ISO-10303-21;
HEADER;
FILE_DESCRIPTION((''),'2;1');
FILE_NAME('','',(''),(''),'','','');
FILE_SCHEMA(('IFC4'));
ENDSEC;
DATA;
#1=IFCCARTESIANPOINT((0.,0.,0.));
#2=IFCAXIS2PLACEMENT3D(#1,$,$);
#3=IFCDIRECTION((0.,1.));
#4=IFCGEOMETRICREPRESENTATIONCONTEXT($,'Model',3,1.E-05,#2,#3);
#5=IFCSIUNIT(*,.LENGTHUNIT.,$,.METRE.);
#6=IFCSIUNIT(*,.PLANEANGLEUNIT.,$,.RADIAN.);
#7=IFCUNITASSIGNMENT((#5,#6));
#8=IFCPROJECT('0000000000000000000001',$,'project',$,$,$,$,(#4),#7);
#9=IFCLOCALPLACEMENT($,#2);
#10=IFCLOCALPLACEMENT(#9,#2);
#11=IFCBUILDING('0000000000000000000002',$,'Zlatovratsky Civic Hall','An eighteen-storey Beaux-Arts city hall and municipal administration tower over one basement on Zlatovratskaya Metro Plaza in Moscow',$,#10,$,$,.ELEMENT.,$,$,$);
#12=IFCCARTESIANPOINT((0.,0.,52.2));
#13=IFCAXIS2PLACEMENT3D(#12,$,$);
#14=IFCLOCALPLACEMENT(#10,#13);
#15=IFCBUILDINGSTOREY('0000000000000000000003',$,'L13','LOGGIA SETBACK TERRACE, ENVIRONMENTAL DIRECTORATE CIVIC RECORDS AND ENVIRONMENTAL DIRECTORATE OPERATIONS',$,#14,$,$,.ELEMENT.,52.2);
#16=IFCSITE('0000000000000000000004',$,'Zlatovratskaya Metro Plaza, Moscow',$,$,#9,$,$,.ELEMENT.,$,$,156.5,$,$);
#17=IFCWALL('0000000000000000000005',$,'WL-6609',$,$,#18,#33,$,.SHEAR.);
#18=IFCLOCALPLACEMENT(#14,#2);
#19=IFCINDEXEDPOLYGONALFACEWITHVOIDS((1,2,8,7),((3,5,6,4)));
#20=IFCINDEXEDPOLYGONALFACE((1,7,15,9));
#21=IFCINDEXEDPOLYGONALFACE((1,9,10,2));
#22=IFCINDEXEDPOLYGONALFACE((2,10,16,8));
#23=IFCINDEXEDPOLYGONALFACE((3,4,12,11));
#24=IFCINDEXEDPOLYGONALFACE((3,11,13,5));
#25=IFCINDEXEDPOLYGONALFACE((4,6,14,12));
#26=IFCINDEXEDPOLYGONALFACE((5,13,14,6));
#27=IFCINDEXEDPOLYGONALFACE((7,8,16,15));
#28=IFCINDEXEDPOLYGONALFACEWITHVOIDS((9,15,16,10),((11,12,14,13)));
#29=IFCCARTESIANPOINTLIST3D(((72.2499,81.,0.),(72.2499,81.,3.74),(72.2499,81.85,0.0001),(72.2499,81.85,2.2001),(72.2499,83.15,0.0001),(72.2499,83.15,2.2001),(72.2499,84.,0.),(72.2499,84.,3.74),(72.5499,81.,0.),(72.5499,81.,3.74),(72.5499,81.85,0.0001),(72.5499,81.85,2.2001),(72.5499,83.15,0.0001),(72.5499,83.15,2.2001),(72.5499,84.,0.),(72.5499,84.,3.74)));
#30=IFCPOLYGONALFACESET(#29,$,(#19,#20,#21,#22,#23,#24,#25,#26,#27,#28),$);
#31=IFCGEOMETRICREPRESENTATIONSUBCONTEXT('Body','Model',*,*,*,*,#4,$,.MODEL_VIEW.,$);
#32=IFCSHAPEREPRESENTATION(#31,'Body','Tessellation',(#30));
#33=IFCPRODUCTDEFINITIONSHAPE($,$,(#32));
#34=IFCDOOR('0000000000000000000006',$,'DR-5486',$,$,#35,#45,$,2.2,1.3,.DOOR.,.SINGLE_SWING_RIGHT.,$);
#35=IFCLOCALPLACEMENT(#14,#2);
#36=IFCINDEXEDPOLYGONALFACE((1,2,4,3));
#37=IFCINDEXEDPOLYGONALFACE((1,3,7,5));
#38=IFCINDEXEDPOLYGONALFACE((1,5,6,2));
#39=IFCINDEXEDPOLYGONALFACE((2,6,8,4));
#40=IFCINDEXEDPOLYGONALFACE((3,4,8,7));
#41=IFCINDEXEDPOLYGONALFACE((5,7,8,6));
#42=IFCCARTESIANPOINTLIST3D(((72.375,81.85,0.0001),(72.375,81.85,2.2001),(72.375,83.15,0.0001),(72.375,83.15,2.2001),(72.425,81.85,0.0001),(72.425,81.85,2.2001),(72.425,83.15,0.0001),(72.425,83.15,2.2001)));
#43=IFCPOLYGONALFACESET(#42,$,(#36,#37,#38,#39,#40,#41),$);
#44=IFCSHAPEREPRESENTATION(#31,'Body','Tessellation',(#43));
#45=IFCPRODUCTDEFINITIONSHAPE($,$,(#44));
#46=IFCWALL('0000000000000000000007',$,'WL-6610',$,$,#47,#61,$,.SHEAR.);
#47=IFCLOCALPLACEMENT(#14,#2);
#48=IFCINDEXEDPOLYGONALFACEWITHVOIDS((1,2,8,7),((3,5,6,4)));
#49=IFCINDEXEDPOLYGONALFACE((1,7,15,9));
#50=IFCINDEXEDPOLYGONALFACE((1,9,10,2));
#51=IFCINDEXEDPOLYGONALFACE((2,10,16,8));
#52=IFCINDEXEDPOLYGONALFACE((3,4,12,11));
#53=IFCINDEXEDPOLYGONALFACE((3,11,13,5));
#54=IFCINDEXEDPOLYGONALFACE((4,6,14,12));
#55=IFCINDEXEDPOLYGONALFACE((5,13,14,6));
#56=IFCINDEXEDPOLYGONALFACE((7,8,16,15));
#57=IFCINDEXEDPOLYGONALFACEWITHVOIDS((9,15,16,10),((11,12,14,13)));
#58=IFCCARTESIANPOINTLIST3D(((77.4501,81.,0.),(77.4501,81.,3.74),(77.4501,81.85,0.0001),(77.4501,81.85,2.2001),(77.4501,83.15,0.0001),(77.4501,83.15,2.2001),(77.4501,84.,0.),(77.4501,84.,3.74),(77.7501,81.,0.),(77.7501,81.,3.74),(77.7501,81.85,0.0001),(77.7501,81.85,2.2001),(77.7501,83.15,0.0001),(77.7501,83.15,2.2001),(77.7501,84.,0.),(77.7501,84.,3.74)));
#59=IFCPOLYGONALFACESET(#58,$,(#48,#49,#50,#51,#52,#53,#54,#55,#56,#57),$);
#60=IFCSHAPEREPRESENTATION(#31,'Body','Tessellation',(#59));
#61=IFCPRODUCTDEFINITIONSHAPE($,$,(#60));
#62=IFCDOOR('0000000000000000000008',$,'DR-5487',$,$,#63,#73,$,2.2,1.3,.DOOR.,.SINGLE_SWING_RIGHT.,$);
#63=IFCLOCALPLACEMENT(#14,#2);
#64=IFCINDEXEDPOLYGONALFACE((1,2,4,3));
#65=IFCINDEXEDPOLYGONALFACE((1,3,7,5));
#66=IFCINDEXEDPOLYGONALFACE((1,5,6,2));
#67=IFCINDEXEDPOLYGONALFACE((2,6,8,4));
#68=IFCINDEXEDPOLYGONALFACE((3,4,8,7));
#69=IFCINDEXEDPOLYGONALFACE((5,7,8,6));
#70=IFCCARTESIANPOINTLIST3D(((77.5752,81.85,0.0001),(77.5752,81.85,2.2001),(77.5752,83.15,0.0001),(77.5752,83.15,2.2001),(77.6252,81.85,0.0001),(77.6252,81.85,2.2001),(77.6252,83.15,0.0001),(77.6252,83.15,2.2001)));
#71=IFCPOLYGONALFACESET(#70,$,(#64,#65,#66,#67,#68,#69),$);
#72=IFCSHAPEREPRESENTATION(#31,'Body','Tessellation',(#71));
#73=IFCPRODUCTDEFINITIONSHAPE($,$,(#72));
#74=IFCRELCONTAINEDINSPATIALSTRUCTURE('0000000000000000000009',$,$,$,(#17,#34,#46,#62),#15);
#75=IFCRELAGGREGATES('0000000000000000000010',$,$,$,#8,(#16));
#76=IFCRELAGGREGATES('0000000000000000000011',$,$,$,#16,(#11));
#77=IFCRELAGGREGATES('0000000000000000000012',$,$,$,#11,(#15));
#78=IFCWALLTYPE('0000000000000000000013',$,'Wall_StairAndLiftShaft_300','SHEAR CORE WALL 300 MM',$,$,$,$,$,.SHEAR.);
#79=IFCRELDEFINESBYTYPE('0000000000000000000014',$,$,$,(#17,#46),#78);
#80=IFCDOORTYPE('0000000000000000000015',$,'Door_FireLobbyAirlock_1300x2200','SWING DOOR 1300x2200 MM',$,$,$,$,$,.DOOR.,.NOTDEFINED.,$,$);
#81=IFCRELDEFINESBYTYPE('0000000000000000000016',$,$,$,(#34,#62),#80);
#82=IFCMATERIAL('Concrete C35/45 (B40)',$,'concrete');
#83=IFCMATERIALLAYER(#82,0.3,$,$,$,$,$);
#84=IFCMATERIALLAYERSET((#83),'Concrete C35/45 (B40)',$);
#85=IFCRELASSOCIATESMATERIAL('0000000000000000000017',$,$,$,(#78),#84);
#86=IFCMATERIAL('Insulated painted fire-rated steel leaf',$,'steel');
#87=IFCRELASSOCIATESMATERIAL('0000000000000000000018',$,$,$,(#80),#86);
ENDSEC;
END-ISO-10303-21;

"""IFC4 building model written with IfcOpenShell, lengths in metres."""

from ifc_helpers import new_model, si_unit, direction, frame, frame_2d, origin, place, context, subcontext, project, spatial, rectangle, extrude, material, layer, layer_set, type_object, element, fill, save


model = new_model("IFC4")

# Units and contexts
model_context = context("Model", 3, precision=1e-05, world=origin(), true_north=direction((0.0, 1.0)))
body_context = subcontext(model_context, "Body", "Model", "MODEL_VIEW")
ifc_project = project(units=[si_unit("LENGTHUNIT", "METRE"), si_unit("PLANEANGLEUNIT", "RADIAN")], contexts=[model_context])

# Site, building, storey
site_placement = place(None, origin())
site = spatial("IfcSite", under=ifc_project, at=site_placement, Name="Zlatovratskaya Metro Plaza, Moscow", CompositionType="ELEMENT", RefElevation=156.5)
building_placement = place(site_placement, origin())
building = spatial("IfcBuilding", under=site, at=building_placement, Name="Zlatovratsky Civic Hall", Description="An eighteen-storey Beaux-Arts city hall and municipal administration tower over one basement on Zlatovratskaya Metro Plaza in Moscow", CompositionType="ELEMENT")
storey_placement = place(building_placement, frame((0.0, 0.0, 52.2)))
storey = spatial("IfcBuildingStorey", under=building, at=storey_placement, Name="L13", Description="LOGGIA SETBACK TERRACE, ENVIRONMENTAL DIRECTORATE CIVIC RECORDS AND ENVIRONMENTAL DIRECTORATE OPERATIONS", CompositionType="ELEMENT", Elevation=52.2)

# Shared definitions
ifc_material_1 = material(Name="Concrete C35/45 (B40)", Category="concrete")

# Shared definitions
ifc_layer_1 = layer(ifc_material_1, 0.3)
ifc_layer_set_1 = layer_set([ifc_layer_1], Name="Concrete C35/45 (B40)")
wall_type_1 = type_object("IfcWallType", Name="Wall_StairAndLiftShaft_300", Description="SHEAR CORE WALL 300 MM", PredefinedType="SHEAR", material=ifc_layer_set_1)

# Walls, openings, doors
wall_1_placement = place(storey_placement, frame((72.3999, 81.0, 0.0), z_axis=(0.0, 0.0, 1.0), x_axis=(0.0, 1.0, 0.0)))
wall_1 = element("IfcWall", 1, at=wall_1_placement, inside=storey, type_object=wall_type_1, Name="WL-6609", PredefinedType="SHEAR", context=body_context, shape_type="SweptSolid", body=[
    extrude(rectangle(XDim=3.0, YDim=0.3, at=frame_2d((1.5, 0.0))), origin(), (0.0, 0.0, 1.0), 3.74),
])
opening_1_placement = place(wall_1_placement, frame((0.8501, 0.0, 0.0)))
opening_1 = element("IfcOpeningElement", 2, at=opening_1_placement, cuts=wall_1, PredefinedType="OPENING", context=body_context, shape_type="SweptSolid", body=[
    extrude(rectangle(XDim=1.3, YDim=2.2, at=frame_2d((0.6499, 1.1001))), frame((0.0, 0.165, 0.0), z_axis=(0.0, -1.0, 0.0), x_axis=(1.0, 0.0, 0.0)), (0.0, 0.0, 1.0), 0.3298),
])
ifc_material_2 = material(Name="Insulated painted fire-rated steel leaf", Category="steel")
door_type_1 = type_object("IfcDoorType", Name="Door_FireLobbyAirlock_1300x2200", Description="SWING DOOR 1300x2200 MM", OperationType="NOTDEFINED", PredefinedType="DOOR", material=ifc_material_2)
door_1_placement = place(opening_1_placement, origin())
door_1 = element("IfcDoor", 3, at=door_1_placement, inside=storey, type_object=door_type_1, Name="DR-5486", OperationType="SINGLE_SWING_RIGHT", OverallHeight=2.2, OverallWidth=1.3, PredefinedType="DOOR", context=body_context, shape_type="SweptSolid", body=[
    extrude(rectangle(XDim=1.3, YDim=2.2, at=frame_2d((0.6499, 1.1001))), frame((0.0, 0.0249, 0.0), z_axis=(0.0, -1.0, 0.0), x_axis=(1.0, 0.0, 0.0)), (0.0, 0.0, 1.0), 0.05),
])
fill(opening_1, door_1)
wall_2_placement = place(storey_placement, frame((77.6001, 81.0, 0.0), z_axis=(0.0, 0.0, 1.0), x_axis=(0.0, 1.0, 0.0)))
wall_2 = element("IfcWall", 4, at=wall_2_placement, inside=storey, type_object=wall_type_1, Name="WL-6610", PredefinedType="SHEAR", context=body_context, shape_type="SweptSolid", body=[
    extrude(rectangle(XDim=3.0, YDim=0.3, at=frame_2d((1.5, 0.0))), origin(), (0.0, 0.0, 1.0), 3.74),
])
opening_2_placement = place(wall_2_placement, frame((0.8501, 0.0, 0.0)))
opening_2 = element("IfcOpeningElement", 5, at=opening_2_placement, cuts=wall_2, PredefinedType="OPENING", context=body_context, shape_type="SweptSolid", body=[
    extrude(rectangle(XDim=1.3, YDim=2.2, at=frame_2d((0.6499, 1.1001))), frame((0.0, 0.165, 0.0), z_axis=(0.0, -1.0, 0.0), x_axis=(1.0, 0.0, 0.0)), (0.0, 0.0, 1.0), 0.3298),
])
door_2_placement = place(opening_2_placement, origin())
door_2 = element("IfcDoor", 6, at=door_2_placement, inside=storey, type_object=door_type_1, Name="DR-5487", OperationType="SINGLE_SWING_RIGHT", OverallHeight=2.2, OverallWidth=1.3, PredefinedType="DOOR", context=body_context, shape_type="SweptSolid", body=[
    extrude(rectangle(XDim=1.3, YDim=2.2, at=frame_2d((0.6499, 1.1001))), frame((0.0, 0.0249, 0.0), z_axis=(0.0, -1.0, 0.0), x_axis=(1.0, 0.0, 0.0)), (0.0, 0.0, 1.0), 0.05),
])
fill(opening_2, door_2)

save(model, "model.ifc")
